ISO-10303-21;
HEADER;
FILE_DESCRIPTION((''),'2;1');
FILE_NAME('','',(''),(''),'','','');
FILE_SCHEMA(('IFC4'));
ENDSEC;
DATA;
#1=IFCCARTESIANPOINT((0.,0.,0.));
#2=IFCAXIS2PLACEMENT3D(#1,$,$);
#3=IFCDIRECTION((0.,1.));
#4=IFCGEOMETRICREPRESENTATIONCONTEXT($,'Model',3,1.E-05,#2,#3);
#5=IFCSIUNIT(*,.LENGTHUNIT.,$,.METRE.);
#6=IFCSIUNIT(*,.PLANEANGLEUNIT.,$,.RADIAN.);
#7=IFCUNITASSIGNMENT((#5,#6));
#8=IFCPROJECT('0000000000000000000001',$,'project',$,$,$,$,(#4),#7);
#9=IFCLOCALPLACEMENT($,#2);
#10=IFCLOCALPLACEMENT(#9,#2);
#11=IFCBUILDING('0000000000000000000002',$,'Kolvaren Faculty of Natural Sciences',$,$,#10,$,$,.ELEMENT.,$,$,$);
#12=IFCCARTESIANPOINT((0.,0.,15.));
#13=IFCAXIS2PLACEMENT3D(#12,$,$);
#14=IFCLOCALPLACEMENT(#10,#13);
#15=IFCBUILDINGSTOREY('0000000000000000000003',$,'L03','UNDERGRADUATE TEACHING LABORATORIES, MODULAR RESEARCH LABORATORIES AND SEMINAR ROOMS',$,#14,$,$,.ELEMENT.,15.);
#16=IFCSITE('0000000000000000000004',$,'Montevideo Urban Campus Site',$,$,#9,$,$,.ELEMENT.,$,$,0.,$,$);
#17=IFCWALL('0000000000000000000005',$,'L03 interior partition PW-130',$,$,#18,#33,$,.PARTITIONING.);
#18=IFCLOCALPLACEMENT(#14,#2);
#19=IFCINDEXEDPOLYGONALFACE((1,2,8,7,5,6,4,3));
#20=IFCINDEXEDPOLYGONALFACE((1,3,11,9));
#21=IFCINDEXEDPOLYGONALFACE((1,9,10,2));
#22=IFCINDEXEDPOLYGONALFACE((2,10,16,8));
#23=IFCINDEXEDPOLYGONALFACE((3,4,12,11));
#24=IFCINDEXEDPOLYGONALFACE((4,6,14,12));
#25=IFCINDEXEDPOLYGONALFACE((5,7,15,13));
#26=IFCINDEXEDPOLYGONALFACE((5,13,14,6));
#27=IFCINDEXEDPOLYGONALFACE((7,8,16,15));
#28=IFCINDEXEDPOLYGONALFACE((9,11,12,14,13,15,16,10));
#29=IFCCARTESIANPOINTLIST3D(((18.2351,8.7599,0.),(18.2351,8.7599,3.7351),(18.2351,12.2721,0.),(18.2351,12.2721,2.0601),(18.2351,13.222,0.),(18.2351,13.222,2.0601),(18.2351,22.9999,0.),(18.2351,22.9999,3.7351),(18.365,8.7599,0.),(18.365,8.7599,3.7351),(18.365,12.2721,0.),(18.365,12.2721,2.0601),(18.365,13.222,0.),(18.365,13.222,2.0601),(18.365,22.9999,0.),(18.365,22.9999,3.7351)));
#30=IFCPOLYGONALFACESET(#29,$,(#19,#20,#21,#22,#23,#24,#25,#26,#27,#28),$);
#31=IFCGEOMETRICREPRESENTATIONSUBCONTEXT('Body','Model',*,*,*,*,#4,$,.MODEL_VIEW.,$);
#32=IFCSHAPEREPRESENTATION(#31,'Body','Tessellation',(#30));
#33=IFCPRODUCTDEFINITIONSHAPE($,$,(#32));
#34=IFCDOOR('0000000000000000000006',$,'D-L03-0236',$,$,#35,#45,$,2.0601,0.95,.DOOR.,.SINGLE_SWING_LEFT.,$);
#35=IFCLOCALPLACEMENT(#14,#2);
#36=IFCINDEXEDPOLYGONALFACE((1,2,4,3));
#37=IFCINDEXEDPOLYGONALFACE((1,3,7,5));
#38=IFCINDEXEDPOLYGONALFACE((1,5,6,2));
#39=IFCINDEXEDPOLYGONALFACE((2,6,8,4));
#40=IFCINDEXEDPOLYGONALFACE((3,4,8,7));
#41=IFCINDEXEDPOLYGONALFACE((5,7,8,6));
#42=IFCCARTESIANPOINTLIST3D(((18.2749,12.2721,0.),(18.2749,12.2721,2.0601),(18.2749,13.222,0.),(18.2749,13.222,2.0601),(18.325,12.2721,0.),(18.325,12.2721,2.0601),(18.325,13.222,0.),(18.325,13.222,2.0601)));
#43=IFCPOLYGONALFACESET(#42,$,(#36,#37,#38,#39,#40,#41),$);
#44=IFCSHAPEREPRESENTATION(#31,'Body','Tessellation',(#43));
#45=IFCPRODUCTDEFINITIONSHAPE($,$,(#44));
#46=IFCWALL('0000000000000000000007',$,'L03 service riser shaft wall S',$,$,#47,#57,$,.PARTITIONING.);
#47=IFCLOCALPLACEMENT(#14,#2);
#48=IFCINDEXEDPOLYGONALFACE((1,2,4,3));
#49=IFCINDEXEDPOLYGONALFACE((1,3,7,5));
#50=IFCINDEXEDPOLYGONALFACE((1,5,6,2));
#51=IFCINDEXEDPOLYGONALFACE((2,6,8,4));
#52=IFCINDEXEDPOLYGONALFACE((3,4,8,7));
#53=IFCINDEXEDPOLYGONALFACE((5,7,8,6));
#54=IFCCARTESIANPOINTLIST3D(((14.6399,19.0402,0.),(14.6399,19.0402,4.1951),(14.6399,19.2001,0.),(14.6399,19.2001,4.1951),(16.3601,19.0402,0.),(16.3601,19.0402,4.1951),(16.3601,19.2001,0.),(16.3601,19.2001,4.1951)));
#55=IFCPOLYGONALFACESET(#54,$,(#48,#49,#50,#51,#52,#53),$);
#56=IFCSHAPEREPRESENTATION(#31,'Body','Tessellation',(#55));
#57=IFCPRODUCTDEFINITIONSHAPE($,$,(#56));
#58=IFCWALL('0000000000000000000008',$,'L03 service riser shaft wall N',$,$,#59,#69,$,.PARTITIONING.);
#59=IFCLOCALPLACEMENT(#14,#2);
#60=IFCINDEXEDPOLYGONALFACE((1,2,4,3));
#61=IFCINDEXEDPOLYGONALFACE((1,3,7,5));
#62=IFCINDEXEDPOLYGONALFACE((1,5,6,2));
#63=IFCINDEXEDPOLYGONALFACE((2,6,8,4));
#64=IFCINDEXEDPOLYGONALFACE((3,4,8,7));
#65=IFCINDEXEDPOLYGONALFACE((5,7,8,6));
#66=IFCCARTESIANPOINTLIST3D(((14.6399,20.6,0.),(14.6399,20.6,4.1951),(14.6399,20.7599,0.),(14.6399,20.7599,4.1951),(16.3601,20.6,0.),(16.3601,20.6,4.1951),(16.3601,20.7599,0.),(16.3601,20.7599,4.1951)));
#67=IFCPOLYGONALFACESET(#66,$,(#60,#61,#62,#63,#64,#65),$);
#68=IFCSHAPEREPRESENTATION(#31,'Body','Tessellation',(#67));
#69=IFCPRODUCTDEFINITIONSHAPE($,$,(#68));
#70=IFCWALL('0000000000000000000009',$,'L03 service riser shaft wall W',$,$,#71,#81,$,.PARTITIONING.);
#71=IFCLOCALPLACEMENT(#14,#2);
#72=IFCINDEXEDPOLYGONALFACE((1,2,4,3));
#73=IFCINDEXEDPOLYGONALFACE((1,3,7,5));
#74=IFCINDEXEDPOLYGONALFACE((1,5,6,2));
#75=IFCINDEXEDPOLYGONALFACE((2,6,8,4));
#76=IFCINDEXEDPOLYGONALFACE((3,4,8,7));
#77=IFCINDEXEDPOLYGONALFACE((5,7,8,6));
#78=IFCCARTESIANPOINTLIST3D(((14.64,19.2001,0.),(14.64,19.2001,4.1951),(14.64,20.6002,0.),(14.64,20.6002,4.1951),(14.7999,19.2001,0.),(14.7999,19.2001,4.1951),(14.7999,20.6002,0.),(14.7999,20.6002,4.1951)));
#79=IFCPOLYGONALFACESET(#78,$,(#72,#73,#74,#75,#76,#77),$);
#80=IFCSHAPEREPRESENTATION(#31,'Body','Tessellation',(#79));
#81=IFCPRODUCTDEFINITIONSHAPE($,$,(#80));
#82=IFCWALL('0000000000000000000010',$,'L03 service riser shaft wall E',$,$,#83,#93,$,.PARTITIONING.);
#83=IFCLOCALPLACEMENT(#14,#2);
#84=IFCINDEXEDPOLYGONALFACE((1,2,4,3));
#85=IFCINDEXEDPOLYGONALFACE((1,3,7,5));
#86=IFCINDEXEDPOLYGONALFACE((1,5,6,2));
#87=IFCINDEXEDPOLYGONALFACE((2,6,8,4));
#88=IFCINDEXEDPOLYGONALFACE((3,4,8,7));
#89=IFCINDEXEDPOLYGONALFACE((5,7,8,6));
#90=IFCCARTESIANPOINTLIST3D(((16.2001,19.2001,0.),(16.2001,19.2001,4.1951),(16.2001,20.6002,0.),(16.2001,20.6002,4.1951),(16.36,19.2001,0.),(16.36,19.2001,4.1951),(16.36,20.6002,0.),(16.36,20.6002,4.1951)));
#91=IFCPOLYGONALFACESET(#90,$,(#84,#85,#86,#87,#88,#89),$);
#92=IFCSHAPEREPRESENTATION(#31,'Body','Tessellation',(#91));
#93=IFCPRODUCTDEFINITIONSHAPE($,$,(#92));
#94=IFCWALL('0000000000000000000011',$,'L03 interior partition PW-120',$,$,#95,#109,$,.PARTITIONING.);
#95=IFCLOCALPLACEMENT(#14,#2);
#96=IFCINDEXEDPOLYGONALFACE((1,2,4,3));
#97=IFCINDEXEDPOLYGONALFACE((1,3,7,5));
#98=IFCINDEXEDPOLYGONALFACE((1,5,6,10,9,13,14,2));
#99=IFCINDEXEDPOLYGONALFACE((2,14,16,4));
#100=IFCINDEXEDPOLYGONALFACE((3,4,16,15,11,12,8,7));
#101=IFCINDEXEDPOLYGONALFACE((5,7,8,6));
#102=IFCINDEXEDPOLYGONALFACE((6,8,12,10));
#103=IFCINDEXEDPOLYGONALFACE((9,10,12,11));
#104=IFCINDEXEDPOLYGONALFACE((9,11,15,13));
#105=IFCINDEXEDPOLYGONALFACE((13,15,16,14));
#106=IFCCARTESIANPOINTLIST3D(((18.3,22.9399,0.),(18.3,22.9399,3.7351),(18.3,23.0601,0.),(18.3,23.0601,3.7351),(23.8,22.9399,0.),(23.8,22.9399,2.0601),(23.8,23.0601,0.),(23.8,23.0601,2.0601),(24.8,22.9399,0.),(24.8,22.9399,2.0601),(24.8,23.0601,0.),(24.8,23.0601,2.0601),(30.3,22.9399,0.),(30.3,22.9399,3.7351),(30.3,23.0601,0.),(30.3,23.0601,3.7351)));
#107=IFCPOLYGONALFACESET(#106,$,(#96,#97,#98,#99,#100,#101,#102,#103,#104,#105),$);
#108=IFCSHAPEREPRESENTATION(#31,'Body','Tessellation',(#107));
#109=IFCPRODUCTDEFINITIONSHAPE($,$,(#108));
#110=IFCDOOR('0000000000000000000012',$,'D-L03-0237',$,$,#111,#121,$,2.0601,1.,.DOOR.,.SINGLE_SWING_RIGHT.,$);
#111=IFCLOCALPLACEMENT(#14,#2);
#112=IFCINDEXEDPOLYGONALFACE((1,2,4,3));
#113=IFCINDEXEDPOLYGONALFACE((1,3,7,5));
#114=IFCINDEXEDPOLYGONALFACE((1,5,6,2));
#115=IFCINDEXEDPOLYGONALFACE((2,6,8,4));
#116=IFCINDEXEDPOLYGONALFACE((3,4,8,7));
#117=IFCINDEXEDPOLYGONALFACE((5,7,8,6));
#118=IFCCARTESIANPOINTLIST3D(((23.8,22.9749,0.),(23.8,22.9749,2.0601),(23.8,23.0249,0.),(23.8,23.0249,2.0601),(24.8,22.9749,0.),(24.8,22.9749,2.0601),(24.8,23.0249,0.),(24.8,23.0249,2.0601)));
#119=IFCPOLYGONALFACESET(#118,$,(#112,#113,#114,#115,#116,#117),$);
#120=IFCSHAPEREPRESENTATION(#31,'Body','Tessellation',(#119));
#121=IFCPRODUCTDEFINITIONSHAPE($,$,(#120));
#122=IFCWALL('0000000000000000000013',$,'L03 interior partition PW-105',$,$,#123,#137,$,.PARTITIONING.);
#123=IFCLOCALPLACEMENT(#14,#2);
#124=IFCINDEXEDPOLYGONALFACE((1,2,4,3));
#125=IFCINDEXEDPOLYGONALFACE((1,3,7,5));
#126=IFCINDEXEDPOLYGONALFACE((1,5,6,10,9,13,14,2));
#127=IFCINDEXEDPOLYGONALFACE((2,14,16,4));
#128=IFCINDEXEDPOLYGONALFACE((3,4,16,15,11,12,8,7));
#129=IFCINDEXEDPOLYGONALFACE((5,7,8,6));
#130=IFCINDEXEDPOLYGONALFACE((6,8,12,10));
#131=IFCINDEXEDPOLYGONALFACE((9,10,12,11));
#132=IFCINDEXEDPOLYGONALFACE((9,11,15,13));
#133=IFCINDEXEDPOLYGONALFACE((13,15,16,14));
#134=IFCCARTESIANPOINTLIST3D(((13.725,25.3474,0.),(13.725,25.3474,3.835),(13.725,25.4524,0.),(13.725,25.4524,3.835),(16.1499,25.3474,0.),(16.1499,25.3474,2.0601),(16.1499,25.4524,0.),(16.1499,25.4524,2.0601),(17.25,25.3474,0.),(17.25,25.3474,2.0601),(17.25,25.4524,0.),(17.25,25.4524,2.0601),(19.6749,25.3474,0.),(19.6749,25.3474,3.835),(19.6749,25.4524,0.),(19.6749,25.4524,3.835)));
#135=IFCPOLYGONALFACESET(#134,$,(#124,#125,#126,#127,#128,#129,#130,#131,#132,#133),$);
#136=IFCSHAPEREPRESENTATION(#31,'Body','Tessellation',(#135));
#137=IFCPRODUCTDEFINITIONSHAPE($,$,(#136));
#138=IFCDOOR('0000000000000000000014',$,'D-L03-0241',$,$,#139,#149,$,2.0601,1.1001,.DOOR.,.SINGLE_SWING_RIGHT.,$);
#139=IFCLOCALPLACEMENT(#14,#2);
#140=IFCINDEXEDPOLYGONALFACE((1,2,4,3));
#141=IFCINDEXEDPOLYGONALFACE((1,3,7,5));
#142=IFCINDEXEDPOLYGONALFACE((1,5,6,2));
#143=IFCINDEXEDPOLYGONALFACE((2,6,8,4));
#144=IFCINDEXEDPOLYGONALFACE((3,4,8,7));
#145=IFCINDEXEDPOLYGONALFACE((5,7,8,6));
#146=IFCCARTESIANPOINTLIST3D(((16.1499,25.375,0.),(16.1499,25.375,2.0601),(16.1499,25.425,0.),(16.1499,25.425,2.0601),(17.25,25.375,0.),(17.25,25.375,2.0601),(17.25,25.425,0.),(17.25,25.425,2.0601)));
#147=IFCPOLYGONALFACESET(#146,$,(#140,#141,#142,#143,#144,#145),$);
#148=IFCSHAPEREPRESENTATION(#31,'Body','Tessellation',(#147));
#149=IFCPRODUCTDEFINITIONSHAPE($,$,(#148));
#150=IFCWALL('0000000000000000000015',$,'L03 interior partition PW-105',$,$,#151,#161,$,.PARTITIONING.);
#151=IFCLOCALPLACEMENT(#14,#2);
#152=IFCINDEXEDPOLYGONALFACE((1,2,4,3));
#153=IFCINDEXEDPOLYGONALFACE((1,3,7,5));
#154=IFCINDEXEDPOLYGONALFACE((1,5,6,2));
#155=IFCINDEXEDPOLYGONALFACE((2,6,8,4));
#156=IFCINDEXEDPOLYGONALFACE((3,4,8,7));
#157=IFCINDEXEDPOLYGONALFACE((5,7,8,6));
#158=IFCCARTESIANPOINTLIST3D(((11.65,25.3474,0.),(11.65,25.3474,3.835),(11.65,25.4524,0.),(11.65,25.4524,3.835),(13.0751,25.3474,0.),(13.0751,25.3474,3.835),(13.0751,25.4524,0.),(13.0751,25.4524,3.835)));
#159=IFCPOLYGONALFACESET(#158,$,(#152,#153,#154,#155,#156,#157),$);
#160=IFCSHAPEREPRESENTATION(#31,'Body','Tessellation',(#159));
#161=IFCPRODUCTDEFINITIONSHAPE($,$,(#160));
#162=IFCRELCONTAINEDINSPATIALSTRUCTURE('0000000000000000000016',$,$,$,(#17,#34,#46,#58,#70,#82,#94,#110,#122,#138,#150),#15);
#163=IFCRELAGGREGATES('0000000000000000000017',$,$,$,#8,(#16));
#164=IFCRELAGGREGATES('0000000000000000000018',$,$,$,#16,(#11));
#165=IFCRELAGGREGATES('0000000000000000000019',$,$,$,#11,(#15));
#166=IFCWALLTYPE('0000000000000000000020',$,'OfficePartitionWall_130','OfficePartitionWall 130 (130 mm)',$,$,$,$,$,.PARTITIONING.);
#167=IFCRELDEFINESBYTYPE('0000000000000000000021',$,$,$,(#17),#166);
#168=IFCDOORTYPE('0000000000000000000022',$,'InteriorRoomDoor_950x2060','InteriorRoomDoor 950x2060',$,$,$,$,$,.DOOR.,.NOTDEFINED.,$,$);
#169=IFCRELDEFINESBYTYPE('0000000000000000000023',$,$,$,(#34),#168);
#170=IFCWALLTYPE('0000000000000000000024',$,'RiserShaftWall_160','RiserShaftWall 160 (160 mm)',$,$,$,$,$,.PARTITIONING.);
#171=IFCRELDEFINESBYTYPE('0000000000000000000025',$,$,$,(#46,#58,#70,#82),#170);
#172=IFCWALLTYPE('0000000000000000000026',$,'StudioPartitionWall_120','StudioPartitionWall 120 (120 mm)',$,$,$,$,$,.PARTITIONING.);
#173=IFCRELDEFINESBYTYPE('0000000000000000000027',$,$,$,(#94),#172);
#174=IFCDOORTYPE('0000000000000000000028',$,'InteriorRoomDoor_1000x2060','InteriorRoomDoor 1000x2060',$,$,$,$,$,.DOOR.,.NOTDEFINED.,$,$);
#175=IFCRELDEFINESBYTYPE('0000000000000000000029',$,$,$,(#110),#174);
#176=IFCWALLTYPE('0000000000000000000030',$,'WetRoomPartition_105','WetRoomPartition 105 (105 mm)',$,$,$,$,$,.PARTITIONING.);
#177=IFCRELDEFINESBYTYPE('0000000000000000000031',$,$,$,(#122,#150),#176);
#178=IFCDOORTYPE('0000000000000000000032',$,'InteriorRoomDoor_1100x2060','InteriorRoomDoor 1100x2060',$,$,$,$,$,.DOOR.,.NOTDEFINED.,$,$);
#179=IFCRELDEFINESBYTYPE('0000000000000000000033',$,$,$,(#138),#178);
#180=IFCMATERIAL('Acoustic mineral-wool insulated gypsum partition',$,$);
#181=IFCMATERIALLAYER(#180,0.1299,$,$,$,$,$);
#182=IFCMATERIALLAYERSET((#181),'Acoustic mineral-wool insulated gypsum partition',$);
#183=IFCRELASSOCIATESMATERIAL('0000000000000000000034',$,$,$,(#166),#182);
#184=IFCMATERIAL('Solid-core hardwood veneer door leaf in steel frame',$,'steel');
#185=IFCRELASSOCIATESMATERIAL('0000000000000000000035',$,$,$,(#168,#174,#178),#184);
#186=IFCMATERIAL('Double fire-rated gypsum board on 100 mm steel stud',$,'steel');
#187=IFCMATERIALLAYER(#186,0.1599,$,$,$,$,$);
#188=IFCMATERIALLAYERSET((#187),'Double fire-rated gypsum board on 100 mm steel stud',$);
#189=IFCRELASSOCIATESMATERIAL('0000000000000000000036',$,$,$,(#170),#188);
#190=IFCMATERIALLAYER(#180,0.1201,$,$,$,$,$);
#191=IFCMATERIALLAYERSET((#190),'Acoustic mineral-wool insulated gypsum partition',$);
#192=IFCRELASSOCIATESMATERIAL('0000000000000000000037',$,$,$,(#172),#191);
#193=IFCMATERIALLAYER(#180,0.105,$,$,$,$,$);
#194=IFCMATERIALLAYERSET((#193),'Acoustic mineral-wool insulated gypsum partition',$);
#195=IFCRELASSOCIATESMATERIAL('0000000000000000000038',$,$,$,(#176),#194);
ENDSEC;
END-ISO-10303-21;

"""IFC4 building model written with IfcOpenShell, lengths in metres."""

from ifc_helpers import new_model, si_unit, direction, frame, frame_2d, origin, place, context, subcontext, project, spatial, rectangle, extrude, material, layer, layer_set, type_object, element, fill, save


model = new_model("IFC4")

# Units and contexts
model_context = context("Model", 3, precision=1e-05, world=origin(), true_north=direction((0.0, 1.0)))
body_context = subcontext(model_context, "Body", "Model", "MODEL_VIEW")
ifc_project = project(units=[si_unit("LENGTHUNIT", "METRE"), si_unit("PLANEANGLEUNIT", "RADIAN")], contexts=[model_context])

# Site, building, storey
site_placement = place(None, origin())
site = spatial("IfcSite", under=ifc_project, at=site_placement, Name="Montevideo Urban Campus Site", CompositionType="ELEMENT", RefElevation=0.0)
building_placement = place(site_placement, origin())
building = spatial("IfcBuilding", under=site, at=building_placement, Name="Kolvaren Faculty of Natural Sciences", CompositionType="ELEMENT")
storey_placement = place(building_placement, frame((0.0, 0.0, 15.0)))
storey = spatial("IfcBuildingStorey", under=building, at=storey_placement, Name="L03", Description="UNDERGRADUATE TEACHING LABORATORIES, MODULAR RESEARCH LABORATORIES AND SEMINAR ROOMS", CompositionType="ELEMENT", Elevation=15.0)

# Wall, opening, door
ifc_material_1 = material(Name="Acoustic mineral-wool insulated gypsum partition")
ifc_layer_1 = layer(ifc_material_1, 0.1299)
ifc_layer_set_1 = layer_set([ifc_layer_1], Name="Acoustic mineral-wool insulated gypsum partition")
wall_type_1 = type_object("IfcWallType", Name="OfficePartitionWall_130", Description="OfficePartitionWall 130 (130 mm)", PredefinedType="PARTITIONING", material=ifc_layer_set_1)
wall_1_placement = place(storey_placement, frame((18.3, 23.0, 0.0), z_axis=(0.0, 0.0, 1.0), x_axis=(0.0, -1.0, 0.0)))
wall_1 = element("IfcWall", 1, at=wall_1_placement, inside=storey, type_object=wall_type_1, Name="L03 interior partition PW-130", PredefinedType="PARTITIONING", context=body_context, shape_type="SweptSolid", body=[
    extrude(rectangle(XDim=14.24, YDim=0.1299, at=frame_2d((7.1201, 0.0))), origin(), (0.0, 0.0, 1.0), 3.7351),
])
opening_1_placement = place(wall_1_placement, frame((9.7778, 0.0, 0.0)))
opening_1 = element("IfcOpeningElement", 2, at=opening_1_placement, cuts=wall_1, PredefinedType="OPENING", context=body_context, shape_type="SweptSolid", body=[
    extrude(rectangle(XDim=0.95, YDim=2.0601, at=frame_2d((0.4751, 1.03))), frame((0.0, 0.075, 0.0), z_axis=(0.0, -1.0, 0.0), x_axis=(1.0, 0.0, 0.0)), (0.0, 0.0, 1.0), 0.1499),
])
ifc_material_2 = material(Name="Solid-core hardwood veneer door leaf in steel frame", Category="steel")
door_type_1 = type_object("IfcDoorType", Name="InteriorRoomDoor_950x2060", Description="InteriorRoomDoor 950x2060", OperationType="NOTDEFINED", PredefinedType="DOOR", material=ifc_material_2)
door_1_placement = place(opening_1_placement, origin())
door_1 = element("IfcDoor", 3, at=door_1_placement, inside=storey, type_object=door_type_1, Name="D-L03-0236", OperationType="SINGLE_SWING_LEFT", OverallHeight=2.0601, OverallWidth=0.95, PredefinedType="DOOR", context=body_context, shape_type="SweptSolid", body=[
    extrude(rectangle(XDim=0.95, YDim=2.0601, at=frame_2d((0.4751, 1.03))), frame((0.0, 0.0249, 0.0), z_axis=(0.0, -1.0, 0.0), x_axis=(1.0, 0.0, 0.0)), (0.0, 0.0, 1.0), 0.05),
])
fill(opening_1, door_1)

# Walls
ifc_material_3 = material(Name="Double fire-rated gypsum board on 100 mm steel stud", Category="steel")
ifc_layer_2 = layer(ifc_material_3, 0.1599)
ifc_layer_set_2 = layer_set([ifc_layer_2], Name="Double fire-rated gypsum board on 100 mm steel stud")
wall_type_2 = type_object("IfcWallType", Name="RiserShaftWall_160", Description="RiserShaftWall 160 (160 mm)", PredefinedType="PARTITIONING", material=ifc_layer_set_2)
for number, where, z_axis, x_axis, name in (
    (4, (14.6399, 19.1201, 0.0), (0.0, 0.0, 1.0), (1.0, 0.0, 0.0), "L03 service riser shaft wall S"),
    (5, (14.6399, 20.6799, 0.0), (0.0, 0.0, 1.0), (1.0, 0.0, 0.0), "L03 service riser shaft wall N"),
):
    element("IfcWall", number, at=place(storey_placement, frame(where, z_axis=z_axis, x_axis=x_axis)), inside=storey, type_object=wall_type_2, Name=name, PredefinedType="PARTITIONING", context=body_context, shape_type="SweptSolid", body=[
        extrude(rectangle(XDim=1.7202, YDim=0.1599, at=frame_2d((0.8601, 0.0))), origin(), (0.0, 0.0, 1.0), 4.1951),
    ])
for number, where, z_axis, x_axis, name in (
    (6, (14.72, 19.2, 0.0), (0.0, 0.0, 1.0), (0.0, 1.0, 0.0), "L03 service riser shaft wall W"),
    (7, (16.28, 19.2, 0.0), (0.0, 0.0, 1.0), (0.0, 1.0, 0.0), "L03 service riser shaft wall E"),
):
    element("IfcWall", number, at=place(storey_placement, frame(where, z_axis=z_axis, x_axis=x_axis)), inside=storey, type_object=wall_type_2, Name=name, PredefinedType="PARTITIONING", context=body_context, shape_type="SweptSolid", body=[
        extrude(rectangle(XDim=1.4001, YDim=0.1599, at=frame_2d((0.7002, 0.0))), origin(), (0.0, 0.0, 1.0), 4.1951),
    ])

# Walls, openings, doors
ifc_layer_3 = layer(ifc_material_1, 0.1201)
ifc_layer_set_3 = layer_set([ifc_layer_3], Name="Acoustic mineral-wool insulated gypsum partition")
wall_type_3 = type_object("IfcWallType", Name="StudioPartitionWall_120", Description="StudioPartitionWall 120 (120 mm)", PredefinedType="PARTITIONING", material=ifc_layer_set_3)
wall_2_placement = place(storey_placement, frame((18.3, 23.0, 0.0), z_axis=(0.0, 0.0, 1.0), x_axis=(1.0, 0.0, 0.0)))
wall_2 = element("IfcWall", 8, at=wall_2_placement, inside=storey, type_object=wall_type_3, Name="L03 interior partition PW-120", PredefinedType="PARTITIONING", context=body_context, shape_type="SweptSolid", body=[
    extrude(rectangle(XDim=12.0, YDim=0.1201, at=frame_2d((6.0, 0.0))), origin(), (0.0, 0.0, 1.0), 3.7351),
])
opening_2_placement = place(wall_2_placement, frame((5.5, 0.0, 0.0)))
opening_2 = element("IfcOpeningElement", 9, at=opening_2_placement, cuts=wall_2, PredefinedType="OPENING", context=body_context, shape_type="SweptSolid", body=[
    extrude(rectangle(XDim=1.0, YDim=2.0601, at=frame_2d((0.5, 1.03))), frame((0.0, 0.0701, 0.0), z_axis=(0.0, -1.0, 0.0), x_axis=(1.0, 0.0, 0.0)), (0.0, 0.0, 1.0), 0.1401),
])
door_type_2 = type_object("IfcDoorType", Name="InteriorRoomDoor_1000x2060", Description="InteriorRoomDoor 1000x2060", OperationType="NOTDEFINED", PredefinedType="DOOR", material=ifc_material_2)
door_2_placement = place(opening_2_placement, origin())
door_2 = element("IfcDoor", 10, at=door_2_placement, inside=storey, type_object=door_type_2, Name="D-L03-0237", OperationType="SINGLE_SWING_RIGHT", OverallHeight=2.0601, OverallWidth=1.0, PredefinedType="DOOR", context=body_context, shape_type="SweptSolid", body=[
    extrude(rectangle(XDim=1.0, YDim=2.0601, at=frame_2d((0.5, 1.03))), frame((0.0, 0.0249, 0.0), z_axis=(0.0, -1.0, 0.0), x_axis=(1.0, 0.0, 0.0)), (0.0, 0.0, 1.0), 0.05),
])
fill(opening_2, door_2)
ifc_layer_4 = layer(ifc_material_1, 0.105)
ifc_layer_set_4 = layer_set([ifc_layer_4], Name="Acoustic mineral-wool insulated gypsum partition")
wall_type_4 = type_object("IfcWallType", Name="WetRoomPartition_105", Description="WetRoomPartition 105 (105 mm)", PredefinedType="PARTITIONING", material=ifc_layer_set_4)
wall_3_placement = place(storey_placement, frame((19.675, 25.3999, 0.0), z_axis=(0.0, 0.0, 1.0), x_axis=(-1.0, 0.0, 0.0)))
wall_3 = element("IfcWall", 11, at=wall_3_placement, inside=storey, type_object=wall_type_4, Name="L03 interior partition PW-105", PredefinedType="PARTITIONING", context=body_context, shape_type="SweptSolid", body=[
    extrude(rectangle(XDim=5.95, YDim=0.105, at=frame_2d((2.9751, 0.0))), origin(), (0.0, 0.0, 1.0), 3.835),
])
opening_3_placement = place(wall_3_placement, frame((2.425, 0.0, 0.0)))
opening_3 = element("IfcOpeningElement", 12, at=opening_3_placement, cuts=wall_3, PredefinedType="OPENING", context=body_context, shape_type="SweptSolid", body=[
    extrude(rectangle(XDim=1.1001, YDim=2.0601, at=frame_2d((0.55, 1.03))), frame((0.0, 0.0625, 0.0), z_axis=(0.0, -1.0, 0.0), x_axis=(1.0, 0.0, 0.0)), (0.0, 0.0, 1.0), 0.125),
])
door_type_3 = type_object("IfcDoorType", Name="InteriorRoomDoor_1100x2060", Description="InteriorRoomDoor 1100x2060", OperationType="NOTDEFINED", PredefinedType="DOOR", material=ifc_material_2)
door_3_placement = place(opening_3_placement, origin())
door_3 = element("IfcDoor", 13, at=door_3_placement, inside=storey, type_object=door_type_3, Name="D-L03-0241", OperationType="SINGLE_SWING_RIGHT", OverallHeight=2.0601, OverallWidth=1.1001, PredefinedType="DOOR", context=body_context, shape_type="SweptSolid", body=[
    extrude(rectangle(XDim=1.1001, YDim=2.0601, at=frame_2d((0.55, 1.03))), frame((0.0, 0.0249, 0.0), z_axis=(0.0, -1.0, 0.0), x_axis=(1.0, 0.0, 0.0)), (0.0, 0.0, 1.0), 0.05),
])
fill(opening_3, door_3)

# Wall
wall_4_placement = place(storey_placement, frame((13.075, 25.3999, 0.0), z_axis=(0.0, 0.0, 1.0), x_axis=(-1.0, 0.0, 0.0)))
element("IfcWall", 14, at=wall_4_placement, inside=storey, type_object=wall_type_4, Name="L03 interior partition PW-105", PredefinedType="PARTITIONING", context=body_context, shape_type="SweptSolid", body=[
    extrude(rectangle(XDim=1.425, YDim=0.105, at=frame_2d((0.7124, 0.0))), origin(), (0.0, 0.0, 1.0), 3.835),
])

save(model, "model.ifc")
